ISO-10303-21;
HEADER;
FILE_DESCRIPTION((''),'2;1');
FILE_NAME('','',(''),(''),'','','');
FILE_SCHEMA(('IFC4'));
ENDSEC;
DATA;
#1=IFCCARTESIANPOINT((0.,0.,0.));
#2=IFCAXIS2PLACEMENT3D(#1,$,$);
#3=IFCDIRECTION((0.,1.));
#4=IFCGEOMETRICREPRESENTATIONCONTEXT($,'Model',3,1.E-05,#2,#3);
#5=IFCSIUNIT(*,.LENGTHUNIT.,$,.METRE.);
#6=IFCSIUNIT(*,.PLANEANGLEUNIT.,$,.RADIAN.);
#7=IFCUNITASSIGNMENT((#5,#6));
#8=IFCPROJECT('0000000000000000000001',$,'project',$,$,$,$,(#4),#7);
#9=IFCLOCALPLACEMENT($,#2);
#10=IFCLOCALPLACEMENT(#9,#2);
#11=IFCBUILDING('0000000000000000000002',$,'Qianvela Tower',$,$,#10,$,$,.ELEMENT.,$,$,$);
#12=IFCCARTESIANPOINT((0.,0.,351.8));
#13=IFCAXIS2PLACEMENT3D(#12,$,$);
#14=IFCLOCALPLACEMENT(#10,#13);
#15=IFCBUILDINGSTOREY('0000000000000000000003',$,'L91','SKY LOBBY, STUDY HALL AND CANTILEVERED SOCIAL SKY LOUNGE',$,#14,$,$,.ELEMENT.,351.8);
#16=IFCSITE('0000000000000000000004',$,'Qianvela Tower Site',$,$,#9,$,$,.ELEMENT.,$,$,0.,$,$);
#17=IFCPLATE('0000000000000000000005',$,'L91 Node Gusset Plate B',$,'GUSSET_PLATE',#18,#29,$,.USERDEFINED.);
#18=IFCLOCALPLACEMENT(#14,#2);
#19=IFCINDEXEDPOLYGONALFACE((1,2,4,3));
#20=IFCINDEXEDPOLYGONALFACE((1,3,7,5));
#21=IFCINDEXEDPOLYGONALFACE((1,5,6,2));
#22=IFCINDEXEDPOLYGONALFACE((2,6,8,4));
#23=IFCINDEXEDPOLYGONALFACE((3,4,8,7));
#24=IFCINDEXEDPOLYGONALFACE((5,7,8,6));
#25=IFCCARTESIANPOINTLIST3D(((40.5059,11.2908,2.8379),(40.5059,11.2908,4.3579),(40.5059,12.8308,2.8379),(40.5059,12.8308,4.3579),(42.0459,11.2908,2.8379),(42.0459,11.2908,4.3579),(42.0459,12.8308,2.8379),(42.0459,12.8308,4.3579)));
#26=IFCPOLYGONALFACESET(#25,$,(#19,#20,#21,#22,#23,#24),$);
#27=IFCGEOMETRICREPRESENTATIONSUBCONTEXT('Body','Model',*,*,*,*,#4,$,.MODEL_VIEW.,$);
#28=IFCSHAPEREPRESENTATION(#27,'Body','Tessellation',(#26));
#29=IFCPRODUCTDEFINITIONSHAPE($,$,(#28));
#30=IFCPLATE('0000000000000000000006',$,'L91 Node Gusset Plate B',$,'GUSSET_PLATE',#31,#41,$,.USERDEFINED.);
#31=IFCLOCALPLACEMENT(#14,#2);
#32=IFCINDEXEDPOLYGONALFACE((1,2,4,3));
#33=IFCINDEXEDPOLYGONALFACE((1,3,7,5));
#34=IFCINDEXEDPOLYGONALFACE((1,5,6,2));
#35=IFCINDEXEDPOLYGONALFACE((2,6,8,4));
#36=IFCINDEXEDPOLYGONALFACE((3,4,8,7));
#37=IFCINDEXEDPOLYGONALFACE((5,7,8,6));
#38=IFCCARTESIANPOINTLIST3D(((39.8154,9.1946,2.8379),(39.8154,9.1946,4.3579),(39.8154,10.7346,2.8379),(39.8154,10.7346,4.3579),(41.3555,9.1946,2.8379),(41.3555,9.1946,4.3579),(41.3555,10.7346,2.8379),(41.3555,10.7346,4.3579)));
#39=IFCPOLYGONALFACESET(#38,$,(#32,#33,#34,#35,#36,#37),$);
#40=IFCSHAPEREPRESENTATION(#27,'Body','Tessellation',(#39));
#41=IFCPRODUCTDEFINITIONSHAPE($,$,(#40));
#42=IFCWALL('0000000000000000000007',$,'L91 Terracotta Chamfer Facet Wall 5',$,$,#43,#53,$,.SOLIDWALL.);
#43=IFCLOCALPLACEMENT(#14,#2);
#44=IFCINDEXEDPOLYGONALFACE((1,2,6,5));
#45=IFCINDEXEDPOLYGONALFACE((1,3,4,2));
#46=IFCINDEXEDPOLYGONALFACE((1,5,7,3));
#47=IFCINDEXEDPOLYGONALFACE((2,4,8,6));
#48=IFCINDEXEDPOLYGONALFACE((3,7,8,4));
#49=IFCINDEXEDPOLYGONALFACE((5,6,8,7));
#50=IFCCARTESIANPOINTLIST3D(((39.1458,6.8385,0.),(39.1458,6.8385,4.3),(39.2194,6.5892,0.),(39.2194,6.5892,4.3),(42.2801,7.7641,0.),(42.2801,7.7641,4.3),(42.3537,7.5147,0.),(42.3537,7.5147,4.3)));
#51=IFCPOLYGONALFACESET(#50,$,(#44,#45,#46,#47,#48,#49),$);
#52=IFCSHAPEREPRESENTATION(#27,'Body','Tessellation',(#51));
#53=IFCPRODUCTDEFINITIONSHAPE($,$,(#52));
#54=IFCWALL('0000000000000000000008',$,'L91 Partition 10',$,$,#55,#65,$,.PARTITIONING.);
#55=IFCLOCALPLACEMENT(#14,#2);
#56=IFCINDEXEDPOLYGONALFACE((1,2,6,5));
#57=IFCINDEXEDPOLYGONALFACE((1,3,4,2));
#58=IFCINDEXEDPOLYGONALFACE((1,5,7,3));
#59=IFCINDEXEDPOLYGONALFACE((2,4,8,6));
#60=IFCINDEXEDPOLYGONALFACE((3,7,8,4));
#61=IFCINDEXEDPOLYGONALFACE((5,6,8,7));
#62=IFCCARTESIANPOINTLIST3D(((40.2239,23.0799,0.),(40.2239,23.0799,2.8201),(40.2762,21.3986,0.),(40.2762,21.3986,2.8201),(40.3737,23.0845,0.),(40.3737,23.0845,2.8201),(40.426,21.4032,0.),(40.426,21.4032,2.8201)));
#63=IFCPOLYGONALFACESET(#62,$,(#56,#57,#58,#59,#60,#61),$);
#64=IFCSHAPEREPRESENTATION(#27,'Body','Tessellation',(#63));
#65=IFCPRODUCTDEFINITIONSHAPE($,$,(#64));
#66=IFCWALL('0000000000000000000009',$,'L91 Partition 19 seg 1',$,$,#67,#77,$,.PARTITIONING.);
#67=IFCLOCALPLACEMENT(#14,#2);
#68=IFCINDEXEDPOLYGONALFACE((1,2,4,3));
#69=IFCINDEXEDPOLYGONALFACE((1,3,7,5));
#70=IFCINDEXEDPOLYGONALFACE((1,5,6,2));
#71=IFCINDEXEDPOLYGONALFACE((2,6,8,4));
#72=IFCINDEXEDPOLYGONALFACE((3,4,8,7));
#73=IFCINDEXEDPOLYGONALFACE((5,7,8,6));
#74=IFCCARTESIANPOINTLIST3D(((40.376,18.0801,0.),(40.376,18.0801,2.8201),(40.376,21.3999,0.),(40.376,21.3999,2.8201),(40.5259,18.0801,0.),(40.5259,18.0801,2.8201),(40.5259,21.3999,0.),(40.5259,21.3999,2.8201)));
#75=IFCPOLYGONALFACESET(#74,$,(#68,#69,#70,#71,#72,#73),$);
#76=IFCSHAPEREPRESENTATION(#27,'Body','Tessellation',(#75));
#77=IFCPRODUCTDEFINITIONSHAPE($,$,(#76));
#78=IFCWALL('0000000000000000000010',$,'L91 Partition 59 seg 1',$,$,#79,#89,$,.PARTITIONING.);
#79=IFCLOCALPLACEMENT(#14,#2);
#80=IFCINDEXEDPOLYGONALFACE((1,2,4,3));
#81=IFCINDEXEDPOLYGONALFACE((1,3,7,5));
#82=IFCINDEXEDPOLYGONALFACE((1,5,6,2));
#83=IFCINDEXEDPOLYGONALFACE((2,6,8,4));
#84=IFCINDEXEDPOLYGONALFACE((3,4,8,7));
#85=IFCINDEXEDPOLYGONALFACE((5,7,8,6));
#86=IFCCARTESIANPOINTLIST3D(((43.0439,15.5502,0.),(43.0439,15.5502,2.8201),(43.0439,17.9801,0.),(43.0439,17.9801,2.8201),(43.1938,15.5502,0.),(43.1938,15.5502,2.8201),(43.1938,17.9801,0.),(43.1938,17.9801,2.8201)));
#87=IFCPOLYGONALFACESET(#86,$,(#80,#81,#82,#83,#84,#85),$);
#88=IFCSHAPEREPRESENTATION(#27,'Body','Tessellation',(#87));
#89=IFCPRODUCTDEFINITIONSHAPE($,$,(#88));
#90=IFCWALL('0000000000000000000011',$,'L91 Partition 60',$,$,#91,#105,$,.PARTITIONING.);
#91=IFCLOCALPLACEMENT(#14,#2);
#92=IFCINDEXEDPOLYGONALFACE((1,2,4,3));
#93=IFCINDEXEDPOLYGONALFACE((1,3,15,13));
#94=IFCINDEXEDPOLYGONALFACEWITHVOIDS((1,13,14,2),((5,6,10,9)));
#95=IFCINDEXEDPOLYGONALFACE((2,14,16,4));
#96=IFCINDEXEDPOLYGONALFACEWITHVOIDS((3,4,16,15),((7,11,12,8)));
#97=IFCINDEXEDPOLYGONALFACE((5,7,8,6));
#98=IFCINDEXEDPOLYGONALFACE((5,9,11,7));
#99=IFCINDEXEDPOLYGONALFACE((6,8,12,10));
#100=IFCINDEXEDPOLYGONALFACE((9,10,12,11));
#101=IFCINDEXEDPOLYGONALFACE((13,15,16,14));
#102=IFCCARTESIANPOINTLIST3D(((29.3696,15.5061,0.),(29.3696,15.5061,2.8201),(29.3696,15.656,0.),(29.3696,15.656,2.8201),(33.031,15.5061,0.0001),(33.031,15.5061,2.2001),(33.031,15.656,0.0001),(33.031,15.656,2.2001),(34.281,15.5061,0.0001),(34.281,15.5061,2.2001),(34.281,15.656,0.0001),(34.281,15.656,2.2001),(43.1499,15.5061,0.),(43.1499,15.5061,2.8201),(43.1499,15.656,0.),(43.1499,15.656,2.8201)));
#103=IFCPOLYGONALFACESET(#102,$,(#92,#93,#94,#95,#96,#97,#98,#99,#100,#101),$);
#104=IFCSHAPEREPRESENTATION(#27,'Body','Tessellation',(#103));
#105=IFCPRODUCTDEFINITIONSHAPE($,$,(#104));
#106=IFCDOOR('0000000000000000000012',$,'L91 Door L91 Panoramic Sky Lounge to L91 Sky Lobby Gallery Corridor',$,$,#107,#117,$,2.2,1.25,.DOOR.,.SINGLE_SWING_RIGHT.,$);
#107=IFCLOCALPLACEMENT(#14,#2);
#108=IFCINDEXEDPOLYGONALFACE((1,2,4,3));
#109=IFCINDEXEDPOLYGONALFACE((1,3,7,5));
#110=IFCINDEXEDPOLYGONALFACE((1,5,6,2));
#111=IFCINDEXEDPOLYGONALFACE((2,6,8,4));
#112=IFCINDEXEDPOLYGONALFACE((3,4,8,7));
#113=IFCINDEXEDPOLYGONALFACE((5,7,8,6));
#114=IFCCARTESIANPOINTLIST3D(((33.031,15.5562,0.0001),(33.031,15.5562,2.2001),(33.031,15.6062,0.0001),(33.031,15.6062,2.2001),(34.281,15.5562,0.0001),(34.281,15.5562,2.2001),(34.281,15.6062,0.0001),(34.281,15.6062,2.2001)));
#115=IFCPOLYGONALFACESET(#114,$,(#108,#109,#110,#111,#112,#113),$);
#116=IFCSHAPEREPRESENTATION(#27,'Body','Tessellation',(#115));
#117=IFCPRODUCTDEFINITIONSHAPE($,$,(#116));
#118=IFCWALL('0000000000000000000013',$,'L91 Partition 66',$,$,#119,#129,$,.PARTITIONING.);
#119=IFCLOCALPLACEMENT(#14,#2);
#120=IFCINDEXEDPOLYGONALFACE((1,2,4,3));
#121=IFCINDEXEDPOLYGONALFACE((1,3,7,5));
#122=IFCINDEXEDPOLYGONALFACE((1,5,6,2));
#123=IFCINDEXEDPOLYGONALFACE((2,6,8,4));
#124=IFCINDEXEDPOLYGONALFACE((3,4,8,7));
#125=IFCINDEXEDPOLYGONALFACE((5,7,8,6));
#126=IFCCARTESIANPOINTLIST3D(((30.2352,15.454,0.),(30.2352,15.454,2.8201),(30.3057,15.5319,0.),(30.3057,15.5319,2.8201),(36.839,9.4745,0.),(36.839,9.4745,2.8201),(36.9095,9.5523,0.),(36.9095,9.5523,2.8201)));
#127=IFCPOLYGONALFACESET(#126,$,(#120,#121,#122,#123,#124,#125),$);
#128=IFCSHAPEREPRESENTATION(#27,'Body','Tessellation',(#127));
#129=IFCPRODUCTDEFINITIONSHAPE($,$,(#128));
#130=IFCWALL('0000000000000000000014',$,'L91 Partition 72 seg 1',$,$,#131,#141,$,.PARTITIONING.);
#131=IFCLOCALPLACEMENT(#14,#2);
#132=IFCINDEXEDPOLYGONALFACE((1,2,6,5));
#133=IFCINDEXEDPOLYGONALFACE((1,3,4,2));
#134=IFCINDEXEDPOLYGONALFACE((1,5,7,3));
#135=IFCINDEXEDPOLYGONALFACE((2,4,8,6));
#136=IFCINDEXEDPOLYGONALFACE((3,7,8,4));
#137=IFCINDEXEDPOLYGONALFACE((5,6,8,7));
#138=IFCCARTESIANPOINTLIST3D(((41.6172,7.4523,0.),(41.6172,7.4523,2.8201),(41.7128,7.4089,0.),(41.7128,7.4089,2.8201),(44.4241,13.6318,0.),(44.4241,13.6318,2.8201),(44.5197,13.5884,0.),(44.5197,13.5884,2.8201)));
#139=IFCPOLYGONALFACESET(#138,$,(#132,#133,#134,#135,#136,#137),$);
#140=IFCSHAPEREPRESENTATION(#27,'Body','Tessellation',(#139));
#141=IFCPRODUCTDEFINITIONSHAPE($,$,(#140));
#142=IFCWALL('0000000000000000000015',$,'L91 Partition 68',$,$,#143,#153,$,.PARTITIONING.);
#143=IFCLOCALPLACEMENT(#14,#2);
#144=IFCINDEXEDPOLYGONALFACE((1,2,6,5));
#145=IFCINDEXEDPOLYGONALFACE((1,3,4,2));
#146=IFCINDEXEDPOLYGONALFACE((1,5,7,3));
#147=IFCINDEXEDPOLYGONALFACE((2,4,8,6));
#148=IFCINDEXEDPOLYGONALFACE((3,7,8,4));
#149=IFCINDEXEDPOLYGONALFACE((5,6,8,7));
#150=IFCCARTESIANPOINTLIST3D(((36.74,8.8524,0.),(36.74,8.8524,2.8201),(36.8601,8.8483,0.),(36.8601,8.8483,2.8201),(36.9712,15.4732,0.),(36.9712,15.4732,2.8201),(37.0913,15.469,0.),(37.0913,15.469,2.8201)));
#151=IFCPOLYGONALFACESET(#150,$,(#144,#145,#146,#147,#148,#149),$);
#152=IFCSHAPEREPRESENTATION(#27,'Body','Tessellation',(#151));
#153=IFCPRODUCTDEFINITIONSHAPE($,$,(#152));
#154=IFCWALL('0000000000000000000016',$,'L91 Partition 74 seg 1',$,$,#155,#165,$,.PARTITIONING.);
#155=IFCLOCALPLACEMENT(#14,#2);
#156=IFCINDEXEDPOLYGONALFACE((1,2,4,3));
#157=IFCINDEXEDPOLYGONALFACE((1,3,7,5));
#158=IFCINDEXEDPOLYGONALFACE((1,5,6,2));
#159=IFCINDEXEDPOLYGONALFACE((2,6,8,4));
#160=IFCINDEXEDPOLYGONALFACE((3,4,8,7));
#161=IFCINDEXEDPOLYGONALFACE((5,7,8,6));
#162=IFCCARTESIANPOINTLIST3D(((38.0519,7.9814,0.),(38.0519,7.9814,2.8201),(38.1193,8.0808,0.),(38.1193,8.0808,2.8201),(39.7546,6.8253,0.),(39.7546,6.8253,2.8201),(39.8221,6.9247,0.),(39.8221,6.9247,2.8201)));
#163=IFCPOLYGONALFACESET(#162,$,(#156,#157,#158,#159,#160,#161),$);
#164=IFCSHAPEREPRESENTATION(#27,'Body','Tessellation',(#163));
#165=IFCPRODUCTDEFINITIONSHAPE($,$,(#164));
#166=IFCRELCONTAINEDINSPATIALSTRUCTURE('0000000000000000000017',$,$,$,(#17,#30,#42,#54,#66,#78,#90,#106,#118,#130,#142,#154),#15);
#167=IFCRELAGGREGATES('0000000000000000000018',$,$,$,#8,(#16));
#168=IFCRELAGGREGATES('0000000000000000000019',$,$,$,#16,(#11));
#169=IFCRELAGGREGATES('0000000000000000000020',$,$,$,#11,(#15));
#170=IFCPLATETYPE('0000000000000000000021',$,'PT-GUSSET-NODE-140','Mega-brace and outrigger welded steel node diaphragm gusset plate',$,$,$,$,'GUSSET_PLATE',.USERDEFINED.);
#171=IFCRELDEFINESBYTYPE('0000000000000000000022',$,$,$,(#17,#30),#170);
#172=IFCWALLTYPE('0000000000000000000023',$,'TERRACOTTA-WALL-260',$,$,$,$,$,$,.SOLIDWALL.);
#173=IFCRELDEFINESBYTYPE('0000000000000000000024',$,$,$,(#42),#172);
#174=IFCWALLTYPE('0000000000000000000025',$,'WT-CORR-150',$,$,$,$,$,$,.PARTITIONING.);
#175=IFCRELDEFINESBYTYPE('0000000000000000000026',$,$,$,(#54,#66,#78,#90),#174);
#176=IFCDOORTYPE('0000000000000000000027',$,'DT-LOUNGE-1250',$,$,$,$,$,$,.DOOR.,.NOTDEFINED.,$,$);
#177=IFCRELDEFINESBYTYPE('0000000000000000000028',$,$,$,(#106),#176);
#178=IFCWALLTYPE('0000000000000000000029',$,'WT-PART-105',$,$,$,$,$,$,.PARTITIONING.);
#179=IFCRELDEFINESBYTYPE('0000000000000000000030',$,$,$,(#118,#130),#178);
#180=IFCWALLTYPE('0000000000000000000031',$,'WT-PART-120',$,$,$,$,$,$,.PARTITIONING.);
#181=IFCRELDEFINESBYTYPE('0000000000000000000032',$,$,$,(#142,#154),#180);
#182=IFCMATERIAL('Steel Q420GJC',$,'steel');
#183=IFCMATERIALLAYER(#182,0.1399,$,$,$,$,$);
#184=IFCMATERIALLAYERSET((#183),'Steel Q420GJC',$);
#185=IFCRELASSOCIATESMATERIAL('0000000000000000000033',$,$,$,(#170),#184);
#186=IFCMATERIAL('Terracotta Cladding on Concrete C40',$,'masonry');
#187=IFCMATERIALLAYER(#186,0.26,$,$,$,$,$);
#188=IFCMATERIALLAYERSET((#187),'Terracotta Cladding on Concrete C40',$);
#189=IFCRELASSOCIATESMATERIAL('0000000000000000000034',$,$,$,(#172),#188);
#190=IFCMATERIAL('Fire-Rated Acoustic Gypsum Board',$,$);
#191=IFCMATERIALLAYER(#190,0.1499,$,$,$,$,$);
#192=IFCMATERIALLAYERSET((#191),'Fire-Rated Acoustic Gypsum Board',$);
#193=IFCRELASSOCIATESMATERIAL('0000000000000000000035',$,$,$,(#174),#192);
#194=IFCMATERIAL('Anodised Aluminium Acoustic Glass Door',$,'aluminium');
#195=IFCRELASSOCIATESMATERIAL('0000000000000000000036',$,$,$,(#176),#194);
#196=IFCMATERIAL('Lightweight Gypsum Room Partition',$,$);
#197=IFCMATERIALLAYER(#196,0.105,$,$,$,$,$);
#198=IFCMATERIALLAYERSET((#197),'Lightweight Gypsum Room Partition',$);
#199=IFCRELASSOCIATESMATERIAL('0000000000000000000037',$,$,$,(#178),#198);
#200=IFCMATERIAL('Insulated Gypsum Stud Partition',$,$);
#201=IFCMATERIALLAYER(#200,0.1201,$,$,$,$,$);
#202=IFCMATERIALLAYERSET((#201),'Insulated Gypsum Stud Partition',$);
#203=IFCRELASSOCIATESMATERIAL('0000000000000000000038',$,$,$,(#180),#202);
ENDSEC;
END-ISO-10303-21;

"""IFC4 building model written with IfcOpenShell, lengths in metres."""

from ifc_helpers import new_model, si_unit, direction, frame, frame_2d, origin, origin_2d, place, context, subcontext, project, spatial, rectangle, extrude, material, layer, layer_set, type_object, element, fill, save


model = new_model("IFC4")

# Units and contexts
model_context = context("Model", 3, precision=1e-05, world=origin(), true_north=direction((0.0, 1.0)))
body_context = subcontext(model_context, "Body", "Model", "MODEL_VIEW")
ifc_project = project(units=[si_unit("LENGTHUNIT", "METRE"), si_unit("PLANEANGLEUNIT", "RADIAN")], contexts=[model_context])

# Site, building, storey
site_placement = place(None, origin())
site = spatial("IfcSite", under=ifc_project, at=site_placement, Name="Qianvela Tower Site", CompositionType="ELEMENT", RefElevation=0.0)
building_placement = place(site_placement, origin())
building = spatial("IfcBuilding", under=site, at=building_placement, Name="Qianvela Tower", CompositionType="ELEMENT")
storey_placement = place(building_placement, frame((0.0, 0.0, 351.8)))
storey = spatial("IfcBuildingStorey", under=building, at=storey_placement, Name="L91", Description="SKY LOBBY, STUDY HALL AND CANTILEVERED SOCIAL SKY LOUNGE", CompositionType="ELEMENT", Elevation=351.8)

# Plates
ifc_material_1 = material(Name="Steel Q420GJC", Category="steel")
ifc_layer_1 = layer(ifc_material_1, 0.1399)
ifc_layer_set_1 = layer_set([ifc_layer_1], Name="Steel Q420GJC")
plate_type_1 = type_object("IfcPlateType", Name="PT-GUSSET-NODE-140", Description="Mega-brace and outrigger welded steel node diaphragm gusset plate", ElementType="GUSSET_PLATE", PredefinedType="USERDEFINED", material=ifc_layer_set_1)
for number, where, z_axis, x_axis, name in (
    (1, (41.2759, 12.0608, 2.8379), (0.0, 0.0, 1.0), (1.0, 0.0, 0.0), "L91 Node Gusset Plate B"),
    (2, (40.5854, 9.9646, 2.8379), (0.0, 0.0, 1.0), (1.0, 0.0, 0.0), "L91 Node Gusset Plate B"),
):
    element("IfcPlate", number, at=place(storey_placement, frame(where, z_axis=z_axis, x_axis=x_axis)), inside=storey, type_object=plate_type_1, Name=name, ObjectType="GUSSET_PLATE", PredefinedType="USERDEFINED", context=body_context, shape_type="SweptSolid", body=[
        extrude(rectangle(XDim=1.54, YDim=1.54, at=origin_2d()), origin(), (0.0, 0.0, 1.0), 1.52),
    ])

# Walls
ifc_material_2 = material(Name="Terracotta Cladding on Concrete C40", Category="masonry")
ifc_layer_2 = layer(ifc_material_2, 0.26)
ifc_layer_set_2 = layer_set([ifc_layer_2], Name="Terracotta Cladding on Concrete C40")
wall_type_1 = type_object("IfcWallType", Name="TERRACOTTA-WALL-260", PredefinedType="SOLIDWALL", material=ifc_layer_set_2)
wall_1_placement = place(storey_placement, frame((39.1826, 6.7139, 0.0), z_axis=(0.0, 0.0, 1.0), x_axis=(0.959059, 0.283206, 0.0)))
element("IfcWall", 3, at=wall_1_placement, inside=storey, type_object=wall_type_1, Name="L91 Terracotta Chamfer Facet Wall 5", PredefinedType="SOLIDWALL", context=body_context, shape_type="SweptSolid", body=[
    extrude(rectangle(XDim=3.2681, YDim=0.26, at=frame_2d((1.634, 0.0))), origin(), (0.0, 0.0, 1.0), 4.3),
])
ifc_material_3 = material(Name="Fire-Rated Acoustic Gypsum Board")
ifc_layer_3 = layer(ifc_material_3, 0.1499)
ifc_layer_set_3 = layer_set([ifc_layer_3], Name="Fire-Rated Acoustic Gypsum Board")
wall_type_2 = type_object("IfcWallType", Name="WT-CORR-150", PredefinedType="PARTITIONING", material=ifc_layer_set_3)
wall_2_placement = place(storey_placement, frame((40.3511, 21.4009, 0.0), z_axis=(0.0, 0.0, 1.0), x_axis=(-0.031058, 0.999518, 0.0)))
element("IfcWall", 4, at=wall_2_placement, inside=storey, type_object=wall_type_2, Name="L91 Partition 10", PredefinedType="PARTITIONING", context=body_context, shape_type="SweptSolid", body=[
    extrude(rectangle(XDim=1.6821, YDim=0.1499, at=frame_2d((0.8411, 0.0))), origin(), (0.0, 0.0, 1.0), 2.8201),
])

# Walls
wall_3_placement = place(storey_placement, frame((40.4509, 18.0801, 0.0), z_axis=(0.0, 0.0, 1.0), x_axis=(0.0, 1.0, 0.0)))
element("IfcWall", 5, at=wall_3_placement, inside=storey, type_object=wall_type_2, Name="L91 Partition 19 seg 1", PredefinedType="PARTITIONING", context=body_context, shape_type="SweptSolid", body=[
    extrude(rectangle(XDim=3.3198, YDim=0.1499, at=frame_2d((1.6599, 0.0))), origin(), (0.0, 0.0, 1.0), 2.8201),
])
wall_4_placement = place(storey_placement, frame((43.1189, 17.98, 0.0), z_axis=(0.0, 0.0, 1.0), x_axis=(0.0, -1.0, 0.0)))
element("IfcWall", 6, at=wall_4_placement, inside=storey, type_object=wall_type_2, Name="L91 Partition 59 seg 1", PredefinedType="PARTITIONING", context=body_context, shape_type="SweptSolid", body=[
    extrude(rectangle(XDim=2.4299, YDim=0.1499, at=frame_2d((1.2148, 0.0))), origin(), (0.0, 0.0, 1.0), 2.8201),
])

# Wall, opening, door
wall_5_placement = place(storey_placement, frame((43.1499, 15.5811, 0.0), z_axis=(0.0, 0.0, 1.0), x_axis=(-1.0, 0.0, 0.0)))
wall_5 = element("IfcWall", 7, at=wall_5_placement, inside=storey, type_object=wall_type_2, Name="L91 Partition 60", PredefinedType="PARTITIONING", context=body_context, shape_type="SweptSolid", body=[
    extrude(rectangle(XDim=13.7803, YDim=0.1499, at=frame_2d((6.8901, 0.0))), origin(), (0.0, 0.0, 1.0), 2.8201),
])
opening_1_placement = place(wall_5_placement, frame((8.8689, 0.0, 0.0)))
opening_1 = element("IfcOpeningElement", 8, at=opening_1_placement, cuts=wall_5, PredefinedType="OPENING", context=body_context, shape_type="SweptSolid", body=[
    extrude(rectangle(XDim=1.25, YDim=2.2, at=frame_2d((0.625, 1.1001))), frame((0.0, 0.085, 0.0), z_axis=(0.0, -1.0, 0.0), x_axis=(1.0, 0.0, 0.0)), (0.0, 0.0, 1.0), 0.1699),
])
ifc_material_4 = material(Name="Anodised Aluminium Acoustic Glass Door", Category="aluminium")
door_type_1 = type_object("IfcDoorType", Name="DT-LOUNGE-1250", OperationType="NOTDEFINED", PredefinedType="DOOR", material=ifc_material_4)
door_1_placement = place(opening_1_placement, origin())
door_1 = element("IfcDoor", 9, at=door_1_placement, inside=storey, type_object=door_type_1, Name="L91 Door L91 Panoramic Sky Lounge to L91 Sky Lobby Gallery Corridor", OperationType="SINGLE_SWING_RIGHT", OverallHeight=2.2, OverallWidth=1.25, PredefinedType="DOOR", context=body_context, shape_type="SweptSolid", body=[
    extrude(rectangle(XDim=1.25, YDim=2.2, at=frame_2d((0.625, 1.1001))), frame((0.0, 0.0249, 0.0), z_axis=(0.0, -1.0, 0.0), x_axis=(1.0, 0.0, 0.0)), (0.0, 0.0, 1.0), 0.05),
])
fill(opening_1, door_1)

# Walls
ifc_material_5 = material(Name="Lightweight Gypsum Room Partition")
ifc_layer_4 = layer(ifc_material_5, 0.105)
ifc_layer_set_4 = layer_set([ifc_layer_4], Name="Lightweight Gypsum Room Partition")
wall_type_3 = type_object("IfcWallType", Name="WT-PART-105", PredefinedType="PARTITIONING", material=ifc_layer_set_4)
wall_6_placement = place(storey_placement, frame((36.8743, 9.5134, 0.0), z_axis=(0.0, 0.0, 1.0), x_axis=(-0.741275, 0.671201, 0.0)))
element("IfcWall", 10, at=wall_6_placement, inside=storey, type_object=wall_type_3, Name="L91 Partition 66", PredefinedType="PARTITIONING", context=body_context, shape_type="SweptSolid", body=[
    extrude(rectangle(XDim=8.9087, YDim=0.105, at=frame_2d((4.4543, 0.0))), origin(), (0.0, 0.0, 1.0), 2.8201),
])
wall_7_placement = place(storey_placement, frame((44.4719, 13.6101, 0.0), z_axis=(0.0, 0.0, 1.0), x_axis=(-0.413564, -0.910475, 0.0)))
element("IfcWall", 11, at=wall_7_placement, inside=storey, type_object=wall_type_3, Name="L91 Partition 72 seg 1", PredefinedType="PARTITIONING", context=body_context, shape_type="SweptSolid", body=[
    extrude(rectangle(XDim=6.7871, YDim=0.105, at=frame_2d((3.3936, 0.0))), origin(), (0.0, 0.0, 1.0), 2.8201),
])
ifc_material_6 = material(Name="Insulated Gypsum Stud Partition")
ifc_layer_5 = layer(ifc_material_6, 0.1201)
ifc_layer_set_5 = layer_set([ifc_layer_5], Name="Insulated Gypsum Stud Partition")
wall_type_4 = type_object("IfcWallType", Name="WT-PART-120", PredefinedType="PARTITIONING", material=ifc_layer_set_5)
wall_8_placement = place(storey_placement, frame((37.0312, 15.4712, 0.0), z_axis=(0.0, 0.0, 1.0), x_axis=(-0.0349, -0.999391, 0.0)))
element("IfcWall", 12, at=wall_8_placement, inside=storey, type_object=wall_type_4, Name="L91 Partition 68", PredefinedType="PARTITIONING", context=body_context, shape_type="SweptSolid", body=[
    extrude(rectangle(XDim=6.6248, YDim=0.1201, at=frame_2d((3.3125, 0.0))), origin(), (0.0, 0.0, 1.0), 2.8201),
])
wall_9_placement = place(storey_placement, frame((39.7883, 6.875, 0.0), z_axis=(0.0, 0.0, 1.0), x_axis=(-0.82733, 0.561716, 0.0)))
element("IfcWall", 13, at=wall_9_placement, inside=storey, type_object=wall_type_4, Name="L91 Partition 74 seg 1", PredefinedType="PARTITIONING", context=body_context, shape_type="SweptSolid", body=[
    extrude(rectangle(XDim=2.0581, YDim=0.1201, at=frame_2d((1.0291, 0.0))), origin(), (0.0, 0.0, 1.0), 2.8201),
])

save(model, "model.ifc")
